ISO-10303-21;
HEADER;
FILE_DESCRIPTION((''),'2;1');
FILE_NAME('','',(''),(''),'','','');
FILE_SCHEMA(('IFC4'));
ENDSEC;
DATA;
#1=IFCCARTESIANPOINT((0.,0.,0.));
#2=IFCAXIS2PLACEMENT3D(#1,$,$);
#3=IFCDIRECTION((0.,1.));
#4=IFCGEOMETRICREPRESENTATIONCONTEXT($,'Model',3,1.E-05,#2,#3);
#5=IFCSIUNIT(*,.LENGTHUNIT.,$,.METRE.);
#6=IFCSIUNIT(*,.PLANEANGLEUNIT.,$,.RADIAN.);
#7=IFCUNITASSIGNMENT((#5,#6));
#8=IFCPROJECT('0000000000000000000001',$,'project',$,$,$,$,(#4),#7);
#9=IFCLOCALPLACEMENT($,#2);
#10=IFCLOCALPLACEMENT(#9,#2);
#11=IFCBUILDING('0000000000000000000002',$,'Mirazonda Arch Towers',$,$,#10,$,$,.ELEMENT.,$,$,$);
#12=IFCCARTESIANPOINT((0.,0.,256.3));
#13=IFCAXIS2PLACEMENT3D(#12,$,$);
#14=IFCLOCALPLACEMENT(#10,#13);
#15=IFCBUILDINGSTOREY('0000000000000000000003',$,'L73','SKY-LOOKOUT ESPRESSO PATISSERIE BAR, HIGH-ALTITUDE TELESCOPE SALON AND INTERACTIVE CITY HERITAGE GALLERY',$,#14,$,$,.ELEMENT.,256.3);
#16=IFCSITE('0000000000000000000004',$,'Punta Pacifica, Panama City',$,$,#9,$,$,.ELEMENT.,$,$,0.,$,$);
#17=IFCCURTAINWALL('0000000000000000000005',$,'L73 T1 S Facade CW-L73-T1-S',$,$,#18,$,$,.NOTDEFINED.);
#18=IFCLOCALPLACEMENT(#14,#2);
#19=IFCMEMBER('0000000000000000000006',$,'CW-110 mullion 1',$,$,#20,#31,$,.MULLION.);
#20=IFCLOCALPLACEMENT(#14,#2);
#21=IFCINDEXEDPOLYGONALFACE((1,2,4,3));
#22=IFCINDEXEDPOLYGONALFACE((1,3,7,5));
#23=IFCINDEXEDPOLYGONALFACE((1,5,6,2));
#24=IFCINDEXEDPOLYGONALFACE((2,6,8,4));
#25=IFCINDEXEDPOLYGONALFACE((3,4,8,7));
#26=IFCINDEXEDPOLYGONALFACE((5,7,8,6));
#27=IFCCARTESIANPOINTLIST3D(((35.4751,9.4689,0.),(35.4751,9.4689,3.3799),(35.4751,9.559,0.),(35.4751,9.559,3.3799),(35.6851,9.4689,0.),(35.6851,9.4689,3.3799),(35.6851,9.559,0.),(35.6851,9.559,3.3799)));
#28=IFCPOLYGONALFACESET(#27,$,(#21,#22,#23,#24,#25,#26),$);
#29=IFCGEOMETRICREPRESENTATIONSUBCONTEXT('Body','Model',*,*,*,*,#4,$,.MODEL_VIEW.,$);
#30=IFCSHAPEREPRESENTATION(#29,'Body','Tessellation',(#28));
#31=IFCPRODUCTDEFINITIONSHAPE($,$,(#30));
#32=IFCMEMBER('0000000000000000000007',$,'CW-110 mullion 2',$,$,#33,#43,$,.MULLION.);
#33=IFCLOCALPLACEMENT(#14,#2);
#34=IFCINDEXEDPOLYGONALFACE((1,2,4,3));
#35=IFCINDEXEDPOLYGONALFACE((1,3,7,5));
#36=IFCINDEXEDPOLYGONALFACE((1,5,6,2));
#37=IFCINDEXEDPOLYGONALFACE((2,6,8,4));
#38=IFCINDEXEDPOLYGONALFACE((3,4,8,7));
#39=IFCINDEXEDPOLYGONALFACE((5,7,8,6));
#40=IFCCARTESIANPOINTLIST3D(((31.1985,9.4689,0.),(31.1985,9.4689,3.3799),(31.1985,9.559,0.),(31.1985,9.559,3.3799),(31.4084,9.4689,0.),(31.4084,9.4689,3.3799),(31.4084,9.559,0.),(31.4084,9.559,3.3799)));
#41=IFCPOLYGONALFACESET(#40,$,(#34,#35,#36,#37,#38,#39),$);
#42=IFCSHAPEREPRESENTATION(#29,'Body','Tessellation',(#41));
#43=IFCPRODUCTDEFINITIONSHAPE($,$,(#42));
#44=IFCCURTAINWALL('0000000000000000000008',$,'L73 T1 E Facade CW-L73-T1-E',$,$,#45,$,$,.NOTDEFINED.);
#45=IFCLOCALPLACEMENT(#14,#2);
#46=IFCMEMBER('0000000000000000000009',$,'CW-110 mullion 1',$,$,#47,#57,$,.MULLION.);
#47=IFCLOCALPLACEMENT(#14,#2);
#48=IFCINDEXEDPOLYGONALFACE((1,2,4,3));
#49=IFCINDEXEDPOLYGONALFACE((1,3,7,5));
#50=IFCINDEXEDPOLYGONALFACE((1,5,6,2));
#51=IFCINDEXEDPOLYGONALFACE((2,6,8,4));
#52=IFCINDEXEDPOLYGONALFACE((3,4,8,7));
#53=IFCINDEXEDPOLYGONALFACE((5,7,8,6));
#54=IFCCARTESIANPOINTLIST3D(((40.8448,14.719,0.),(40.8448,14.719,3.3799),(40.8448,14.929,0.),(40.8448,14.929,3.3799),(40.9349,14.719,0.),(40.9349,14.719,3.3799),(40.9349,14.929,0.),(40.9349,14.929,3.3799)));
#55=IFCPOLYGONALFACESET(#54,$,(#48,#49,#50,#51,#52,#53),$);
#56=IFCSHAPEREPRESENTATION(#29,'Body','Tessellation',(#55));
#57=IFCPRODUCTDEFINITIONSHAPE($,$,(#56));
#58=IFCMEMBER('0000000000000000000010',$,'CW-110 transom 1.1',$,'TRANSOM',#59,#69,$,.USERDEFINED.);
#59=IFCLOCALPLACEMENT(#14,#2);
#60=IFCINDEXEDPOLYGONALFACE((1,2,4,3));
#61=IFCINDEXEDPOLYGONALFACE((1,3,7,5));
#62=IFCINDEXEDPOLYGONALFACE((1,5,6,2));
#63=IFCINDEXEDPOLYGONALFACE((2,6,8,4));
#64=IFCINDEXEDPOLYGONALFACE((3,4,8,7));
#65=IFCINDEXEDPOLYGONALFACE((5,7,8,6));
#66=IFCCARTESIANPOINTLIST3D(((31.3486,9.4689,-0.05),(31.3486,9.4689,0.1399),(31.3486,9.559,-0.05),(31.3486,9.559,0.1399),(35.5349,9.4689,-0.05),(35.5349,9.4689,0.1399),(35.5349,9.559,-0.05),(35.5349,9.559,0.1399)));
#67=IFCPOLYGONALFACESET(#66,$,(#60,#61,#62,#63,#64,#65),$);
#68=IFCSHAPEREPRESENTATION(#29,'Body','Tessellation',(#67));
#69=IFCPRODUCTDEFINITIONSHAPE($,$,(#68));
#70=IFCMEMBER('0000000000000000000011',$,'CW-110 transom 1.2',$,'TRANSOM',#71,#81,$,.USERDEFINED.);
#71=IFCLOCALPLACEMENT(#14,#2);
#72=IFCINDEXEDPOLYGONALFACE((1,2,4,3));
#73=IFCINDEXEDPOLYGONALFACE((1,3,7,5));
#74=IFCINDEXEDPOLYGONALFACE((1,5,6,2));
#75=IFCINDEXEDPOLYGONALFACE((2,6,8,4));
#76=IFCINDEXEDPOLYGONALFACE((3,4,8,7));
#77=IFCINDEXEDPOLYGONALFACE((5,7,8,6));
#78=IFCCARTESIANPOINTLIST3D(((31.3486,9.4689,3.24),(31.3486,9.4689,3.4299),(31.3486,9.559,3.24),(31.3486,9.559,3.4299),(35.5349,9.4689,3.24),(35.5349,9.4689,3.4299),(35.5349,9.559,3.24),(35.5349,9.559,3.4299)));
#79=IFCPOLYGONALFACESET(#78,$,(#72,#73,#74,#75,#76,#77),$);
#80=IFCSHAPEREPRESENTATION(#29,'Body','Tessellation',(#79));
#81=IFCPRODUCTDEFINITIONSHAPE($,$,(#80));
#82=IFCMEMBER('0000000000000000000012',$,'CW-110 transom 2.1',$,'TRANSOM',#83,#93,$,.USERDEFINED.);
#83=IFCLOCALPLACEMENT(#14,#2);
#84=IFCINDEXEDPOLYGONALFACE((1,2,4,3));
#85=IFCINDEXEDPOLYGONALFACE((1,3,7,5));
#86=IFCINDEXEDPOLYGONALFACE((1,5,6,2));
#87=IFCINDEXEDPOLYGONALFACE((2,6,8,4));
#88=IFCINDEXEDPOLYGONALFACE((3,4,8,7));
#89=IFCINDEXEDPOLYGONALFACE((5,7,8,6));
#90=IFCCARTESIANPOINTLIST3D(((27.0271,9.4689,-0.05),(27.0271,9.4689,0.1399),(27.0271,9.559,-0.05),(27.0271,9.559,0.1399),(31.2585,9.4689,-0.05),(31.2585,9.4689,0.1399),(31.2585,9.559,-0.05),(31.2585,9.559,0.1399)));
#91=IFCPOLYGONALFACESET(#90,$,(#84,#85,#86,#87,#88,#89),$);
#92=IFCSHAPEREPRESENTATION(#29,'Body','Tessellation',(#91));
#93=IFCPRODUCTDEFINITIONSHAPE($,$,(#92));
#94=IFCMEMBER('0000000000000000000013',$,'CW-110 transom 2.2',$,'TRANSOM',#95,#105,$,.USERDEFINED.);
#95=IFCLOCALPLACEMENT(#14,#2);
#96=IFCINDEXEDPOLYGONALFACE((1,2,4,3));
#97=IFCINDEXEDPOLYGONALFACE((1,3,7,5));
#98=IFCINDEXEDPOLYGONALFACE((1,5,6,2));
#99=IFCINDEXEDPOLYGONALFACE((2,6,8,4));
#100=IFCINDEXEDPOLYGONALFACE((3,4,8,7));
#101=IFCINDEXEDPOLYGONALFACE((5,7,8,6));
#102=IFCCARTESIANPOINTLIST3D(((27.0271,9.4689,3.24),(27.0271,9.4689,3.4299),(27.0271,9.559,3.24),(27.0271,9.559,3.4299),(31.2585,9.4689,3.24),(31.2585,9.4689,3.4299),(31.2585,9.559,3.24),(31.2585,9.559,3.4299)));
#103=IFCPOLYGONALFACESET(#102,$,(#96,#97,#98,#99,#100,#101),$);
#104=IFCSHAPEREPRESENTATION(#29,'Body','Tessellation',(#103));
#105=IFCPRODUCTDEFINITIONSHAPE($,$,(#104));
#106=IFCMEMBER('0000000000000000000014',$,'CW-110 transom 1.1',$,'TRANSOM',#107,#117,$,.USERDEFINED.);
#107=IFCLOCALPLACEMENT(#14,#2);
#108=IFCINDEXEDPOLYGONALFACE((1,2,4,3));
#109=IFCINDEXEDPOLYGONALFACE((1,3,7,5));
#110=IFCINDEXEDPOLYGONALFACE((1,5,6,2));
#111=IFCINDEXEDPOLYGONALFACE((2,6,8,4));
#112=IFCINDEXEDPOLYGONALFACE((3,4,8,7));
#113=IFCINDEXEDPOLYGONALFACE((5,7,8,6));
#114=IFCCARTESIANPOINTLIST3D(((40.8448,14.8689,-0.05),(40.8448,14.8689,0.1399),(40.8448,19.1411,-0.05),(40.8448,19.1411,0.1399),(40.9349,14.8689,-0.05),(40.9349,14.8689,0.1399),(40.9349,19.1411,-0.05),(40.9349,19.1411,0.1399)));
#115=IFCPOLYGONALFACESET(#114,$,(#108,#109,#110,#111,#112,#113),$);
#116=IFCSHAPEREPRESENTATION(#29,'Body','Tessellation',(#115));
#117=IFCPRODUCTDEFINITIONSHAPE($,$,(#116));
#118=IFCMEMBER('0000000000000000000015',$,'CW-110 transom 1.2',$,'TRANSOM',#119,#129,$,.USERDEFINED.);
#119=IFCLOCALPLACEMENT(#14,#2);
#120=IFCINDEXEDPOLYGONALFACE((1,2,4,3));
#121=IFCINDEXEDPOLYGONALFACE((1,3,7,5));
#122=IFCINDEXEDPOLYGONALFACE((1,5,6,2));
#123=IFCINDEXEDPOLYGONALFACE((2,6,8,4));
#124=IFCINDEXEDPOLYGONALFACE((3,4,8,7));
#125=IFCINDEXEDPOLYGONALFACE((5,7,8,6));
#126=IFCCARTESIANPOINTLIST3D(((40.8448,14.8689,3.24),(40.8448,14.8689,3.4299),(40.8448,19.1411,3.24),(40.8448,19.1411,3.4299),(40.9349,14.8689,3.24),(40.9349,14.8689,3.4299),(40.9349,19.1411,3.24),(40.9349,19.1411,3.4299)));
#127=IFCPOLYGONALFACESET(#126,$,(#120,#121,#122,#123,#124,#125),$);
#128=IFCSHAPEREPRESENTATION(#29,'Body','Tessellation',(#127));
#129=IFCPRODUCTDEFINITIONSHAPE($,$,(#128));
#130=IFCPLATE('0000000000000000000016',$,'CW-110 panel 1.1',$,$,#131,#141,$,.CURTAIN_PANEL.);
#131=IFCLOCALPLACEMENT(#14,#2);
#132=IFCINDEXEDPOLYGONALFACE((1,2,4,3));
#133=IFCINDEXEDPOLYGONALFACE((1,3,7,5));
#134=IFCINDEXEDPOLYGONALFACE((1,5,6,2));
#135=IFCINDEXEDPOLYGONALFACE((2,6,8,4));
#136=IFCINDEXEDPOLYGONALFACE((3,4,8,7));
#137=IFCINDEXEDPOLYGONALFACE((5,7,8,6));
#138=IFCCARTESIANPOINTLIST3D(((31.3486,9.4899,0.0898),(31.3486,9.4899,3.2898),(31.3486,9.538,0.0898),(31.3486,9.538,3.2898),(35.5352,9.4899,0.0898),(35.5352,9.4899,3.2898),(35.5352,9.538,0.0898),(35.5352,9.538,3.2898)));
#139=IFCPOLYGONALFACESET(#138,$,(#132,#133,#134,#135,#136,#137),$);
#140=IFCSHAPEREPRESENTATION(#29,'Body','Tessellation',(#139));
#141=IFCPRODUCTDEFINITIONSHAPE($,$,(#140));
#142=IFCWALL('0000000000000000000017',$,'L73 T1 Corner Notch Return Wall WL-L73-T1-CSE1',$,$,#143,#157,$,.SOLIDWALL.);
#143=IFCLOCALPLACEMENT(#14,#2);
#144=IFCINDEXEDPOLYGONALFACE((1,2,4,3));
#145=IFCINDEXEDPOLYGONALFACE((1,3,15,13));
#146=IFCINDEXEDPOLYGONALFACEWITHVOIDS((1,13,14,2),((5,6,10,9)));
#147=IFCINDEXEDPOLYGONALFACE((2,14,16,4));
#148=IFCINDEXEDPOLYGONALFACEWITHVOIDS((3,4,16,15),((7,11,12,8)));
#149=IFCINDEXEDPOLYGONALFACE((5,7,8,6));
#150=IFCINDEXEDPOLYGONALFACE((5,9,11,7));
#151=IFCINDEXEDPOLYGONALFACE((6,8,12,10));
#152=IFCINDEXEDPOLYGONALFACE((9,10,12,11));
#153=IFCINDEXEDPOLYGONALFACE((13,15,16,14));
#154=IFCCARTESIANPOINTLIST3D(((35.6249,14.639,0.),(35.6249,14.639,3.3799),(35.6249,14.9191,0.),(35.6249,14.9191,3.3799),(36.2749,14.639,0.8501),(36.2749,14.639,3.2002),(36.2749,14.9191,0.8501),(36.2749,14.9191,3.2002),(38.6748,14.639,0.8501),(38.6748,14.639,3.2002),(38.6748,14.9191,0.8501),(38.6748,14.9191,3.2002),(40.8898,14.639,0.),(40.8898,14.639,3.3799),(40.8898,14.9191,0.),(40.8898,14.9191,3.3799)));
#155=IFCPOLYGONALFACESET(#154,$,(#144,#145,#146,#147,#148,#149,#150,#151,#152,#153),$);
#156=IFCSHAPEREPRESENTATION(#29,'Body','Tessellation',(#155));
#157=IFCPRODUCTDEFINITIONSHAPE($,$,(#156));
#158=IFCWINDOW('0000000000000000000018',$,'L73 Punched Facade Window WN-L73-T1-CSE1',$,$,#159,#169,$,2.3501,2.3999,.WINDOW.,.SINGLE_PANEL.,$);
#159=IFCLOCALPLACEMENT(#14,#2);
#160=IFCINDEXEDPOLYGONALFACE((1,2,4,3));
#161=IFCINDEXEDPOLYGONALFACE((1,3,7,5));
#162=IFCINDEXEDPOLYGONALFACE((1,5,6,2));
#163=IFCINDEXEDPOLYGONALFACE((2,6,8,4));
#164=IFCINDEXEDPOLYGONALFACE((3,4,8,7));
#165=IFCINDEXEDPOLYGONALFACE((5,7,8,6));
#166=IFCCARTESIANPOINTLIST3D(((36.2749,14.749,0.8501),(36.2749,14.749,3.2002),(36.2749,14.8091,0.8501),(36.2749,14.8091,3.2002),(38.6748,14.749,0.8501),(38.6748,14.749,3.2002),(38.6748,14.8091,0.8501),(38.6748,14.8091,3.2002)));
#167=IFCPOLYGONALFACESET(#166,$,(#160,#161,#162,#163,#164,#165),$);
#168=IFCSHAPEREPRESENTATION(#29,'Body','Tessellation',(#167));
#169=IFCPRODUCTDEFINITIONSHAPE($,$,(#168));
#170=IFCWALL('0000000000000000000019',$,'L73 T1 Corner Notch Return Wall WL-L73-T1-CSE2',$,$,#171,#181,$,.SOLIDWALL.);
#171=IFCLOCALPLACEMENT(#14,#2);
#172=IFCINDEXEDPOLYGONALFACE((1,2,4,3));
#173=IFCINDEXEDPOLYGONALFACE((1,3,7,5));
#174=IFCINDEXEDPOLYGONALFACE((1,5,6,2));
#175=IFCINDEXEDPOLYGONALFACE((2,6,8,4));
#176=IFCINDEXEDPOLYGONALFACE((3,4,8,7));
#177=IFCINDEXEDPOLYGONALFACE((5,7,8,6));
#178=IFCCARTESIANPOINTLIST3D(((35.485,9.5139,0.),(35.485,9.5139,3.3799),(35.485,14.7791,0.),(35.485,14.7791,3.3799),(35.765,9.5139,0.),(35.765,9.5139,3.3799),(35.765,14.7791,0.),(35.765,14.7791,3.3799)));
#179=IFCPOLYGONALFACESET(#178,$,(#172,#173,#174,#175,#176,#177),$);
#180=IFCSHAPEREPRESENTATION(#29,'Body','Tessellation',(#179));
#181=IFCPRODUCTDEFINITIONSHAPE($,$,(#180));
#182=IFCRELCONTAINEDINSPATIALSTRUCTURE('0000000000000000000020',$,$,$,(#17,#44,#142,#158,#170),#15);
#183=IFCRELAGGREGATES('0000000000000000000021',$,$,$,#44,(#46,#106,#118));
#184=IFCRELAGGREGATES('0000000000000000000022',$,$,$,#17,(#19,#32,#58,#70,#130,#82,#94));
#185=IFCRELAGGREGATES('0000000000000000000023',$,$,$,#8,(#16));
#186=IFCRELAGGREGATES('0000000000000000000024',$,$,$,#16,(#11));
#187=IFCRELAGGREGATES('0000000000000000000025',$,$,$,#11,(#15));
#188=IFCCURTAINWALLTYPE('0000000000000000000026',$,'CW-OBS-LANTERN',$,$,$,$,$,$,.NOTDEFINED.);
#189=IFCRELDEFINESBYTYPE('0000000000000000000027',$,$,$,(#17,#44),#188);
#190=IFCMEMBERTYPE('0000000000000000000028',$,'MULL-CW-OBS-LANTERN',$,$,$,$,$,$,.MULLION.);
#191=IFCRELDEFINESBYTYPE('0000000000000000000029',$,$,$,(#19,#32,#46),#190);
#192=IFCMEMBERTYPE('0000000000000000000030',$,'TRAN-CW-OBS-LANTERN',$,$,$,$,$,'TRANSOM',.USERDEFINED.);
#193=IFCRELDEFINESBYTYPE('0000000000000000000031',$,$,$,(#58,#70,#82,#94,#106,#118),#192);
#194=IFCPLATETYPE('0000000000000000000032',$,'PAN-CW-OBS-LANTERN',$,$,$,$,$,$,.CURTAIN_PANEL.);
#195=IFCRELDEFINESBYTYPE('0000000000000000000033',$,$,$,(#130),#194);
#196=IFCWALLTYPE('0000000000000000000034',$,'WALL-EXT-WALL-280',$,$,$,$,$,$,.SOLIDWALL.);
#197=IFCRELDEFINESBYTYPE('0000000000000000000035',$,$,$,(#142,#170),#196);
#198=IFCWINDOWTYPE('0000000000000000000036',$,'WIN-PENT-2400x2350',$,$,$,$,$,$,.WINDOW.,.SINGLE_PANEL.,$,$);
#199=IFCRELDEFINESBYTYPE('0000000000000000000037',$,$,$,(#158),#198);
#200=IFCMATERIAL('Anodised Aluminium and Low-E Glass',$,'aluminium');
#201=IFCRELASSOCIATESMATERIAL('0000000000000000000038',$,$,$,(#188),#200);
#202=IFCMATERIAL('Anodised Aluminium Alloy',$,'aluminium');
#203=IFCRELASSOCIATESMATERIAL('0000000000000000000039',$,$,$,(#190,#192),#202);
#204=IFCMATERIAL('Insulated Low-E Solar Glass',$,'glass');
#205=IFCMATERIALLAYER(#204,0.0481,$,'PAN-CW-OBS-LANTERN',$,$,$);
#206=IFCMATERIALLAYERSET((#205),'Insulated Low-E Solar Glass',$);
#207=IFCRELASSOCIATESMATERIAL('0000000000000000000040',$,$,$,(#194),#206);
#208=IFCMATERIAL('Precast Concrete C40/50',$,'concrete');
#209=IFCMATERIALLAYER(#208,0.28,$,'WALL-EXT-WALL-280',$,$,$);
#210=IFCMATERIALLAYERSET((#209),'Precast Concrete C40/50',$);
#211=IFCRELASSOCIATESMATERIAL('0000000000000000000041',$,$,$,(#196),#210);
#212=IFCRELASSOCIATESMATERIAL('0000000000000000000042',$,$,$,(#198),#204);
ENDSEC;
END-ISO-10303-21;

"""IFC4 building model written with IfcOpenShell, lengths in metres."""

from ifc_helpers import new_model, si_unit, direction, frame, frame_2d, origin, origin_2d, place, context, subcontext, project, spatial, rectangle, extrude, material, layer, layer_set, material_profile, profile_set, type_object, element, fill, aggregate, save


model = new_model("IFC4")

# Units and contexts
model_context = context("Model", 3, precision=1e-05, world=origin(), true_north=direction((0.0, 1.0)))
body_context = subcontext(model_context, "Body", "Model", "MODEL_VIEW")
ifc_project = project(units=[si_unit("LENGTHUNIT", "METRE"), si_unit("PLANEANGLEUNIT", "RADIAN")], contexts=[model_context])

# Site, building, storey
site_placement = place(None, origin())
site = spatial("IfcSite", under=ifc_project, at=site_placement, Name="Punta Pacifica, Panama City", CompositionType="ELEMENT", RefElevation=0.0)
building_placement = place(site_placement, origin())
building = spatial("IfcBuilding", under=site, at=building_placement, Name="Mirazonda Arch Towers", CompositionType="ELEMENT")
storey_placement = place(building_placement, frame((0.0, 0.0, 256.3)))
storey = spatial("IfcBuildingStorey", under=building, at=storey_placement, Name="L73", Description="SKY-LOOKOUT ESPRESSO PATISSERIE BAR, HIGH-ALTITUDE TELESCOPE SALON AND INTERACTIVE CITY HERITAGE GALLERY", CompositionType="ELEMENT", Elevation=256.3)

# Curtain wall, members
ifc_material_1 = material(Name="Anodised Aluminium and Low-E Glass", Category="aluminium")
curtain_wall_type = type_object("IfcCurtainWallType", Name="CW-OBS-LANTERN", PredefinedType="NOTDEFINED", material=ifc_material_1)
curtain_wall_1_placement = place(storey_placement, origin())
curtain_wall_1 = element("IfcCurtainWall", 1, at=curtain_wall_1_placement, inside=storey, type_object=curtain_wall_type, Name="L73 T1 S Facade CW-L73-T1-S", PredefinedType="NOTDEFINED")
ifc_material_2 = material(Name="Anodised Aluminium Alloy", Category="aluminium")
ifc_material_profile_1 = material_profile(ifc_material_2, rectangle(XDim=0.0901, YDim=0.21, at=origin_2d()), Name="ALU-MULL-90x210")
ifc_profile_set_1 = profile_set([ifc_material_profile_1], Name="Anodised Aluminium Alloy")
member_type_1 = type_object("IfcMemberType", Name="MULL-CW-OBS-LANTERN", PredefinedType="MULLION", material=ifc_profile_set_1)
member_1_placement = place(storey_placement, frame((35.5801, 9.5139, 0.0), z_axis=(0.0, 0.0, 1.0), x_axis=(0.0, -1.0, 0.0)))
member_1 = element("IfcMember", 2, at=member_1_placement, type_object=member_type_1, Name="CW-110 mullion 1", PredefinedType="MULLION", context=body_context, shape_type="SweptSolid", body=[
    extrude(rectangle(XDim=0.0901, YDim=0.21, at=origin_2d()), origin(), (0.0, 0.0, 1.0), 3.3799),
])
member_2_placement = place(storey_placement, frame((31.3035, 9.5139, 0.0), z_axis=(0.0, 0.0, 1.0), x_axis=(0.0, -1.0, 0.0)))
member_2 = element("IfcMember", 3, at=member_2_placement, type_object=member_type_1, Name="CW-110 mullion 2", PredefinedType="MULLION", context=body_context, shape_type="SweptSolid", body=[
    extrude(rectangle(XDim=0.0901, YDim=0.21, at=origin_2d()), origin(), (0.0, 0.0, 1.0), 3.3799),
])

# Curtain wall, member
curtain_wall_2_placement = place(storey_placement, origin())
curtain_wall_2 = element("IfcCurtainWall", 4, at=curtain_wall_2_placement, inside=storey, type_object=curtain_wall_type, Name="L73 T1 E Facade CW-L73-T1-E", PredefinedType="NOTDEFINED")
member_3_placement = place(storey_placement, frame((40.8899, 14.824, 0.0), z_axis=(0.0, 0.0, 1.0), x_axis=(-1.0, 0.0, 0.0)))
member_3 = element("IfcMember", 5, at=member_3_placement, type_object=member_type_1, Name="CW-110 mullion 1", PredefinedType="MULLION", context=body_context, shape_type="SweptSolid", body=[
    extrude(rectangle(XDim=0.0901, YDim=0.21, at=origin_2d()), origin(), (0.0, 0.0, 1.0), 3.3799),
])

# Members
ifc_material_profile_2 = material_profile(ifc_material_2, rectangle(XDim=0.0901, YDim=0.1899, at=origin_2d()), Name="ALU-TRAN-90x190")
ifc_profile_set_2 = profile_set([ifc_material_profile_2], Name="Anodised Aluminium Alloy")
member_type_2 = type_object("IfcMemberType", Name="TRAN-CW-OBS-LANTERN", ElementType="TRANSOM", PredefinedType="USERDEFINED", material=ifc_profile_set_2)
member_4_placement = place(storey_placement, frame((35.5349, 9.5139, 0.0449), z_axis=(-1.0, 0.0, 0.0), x_axis=(0.0, -1.0, 0.0)))
member_4 = element("IfcMember", 6, at=member_4_placement, type_object=member_type_2, Name="CW-110 transom 1.1", ObjectType="TRANSOM", PredefinedType="USERDEFINED", context=body_context, shape_type="SweptSolid", body=[
    extrude(rectangle(XDim=0.0901, YDim=0.1899, at=origin_2d()), origin(), (0.0, 0.0, 1.0), 4.1863),
])
member_5_placement = place(storey_placement, frame((35.5349, 9.5139, 3.335), z_axis=(-1.0, 0.0, 0.0), x_axis=(0.0, -1.0, 0.0)))
member_5 = element("IfcMember", 7, at=member_5_placement, type_object=member_type_2, Name="CW-110 transom 1.2", ObjectType="TRANSOM", PredefinedType="USERDEFINED", context=body_context, shape_type="SweptSolid", body=[
    extrude(rectangle(XDim=0.0901, YDim=0.1899, at=origin_2d()), origin(), (0.0, 0.0, 1.0), 4.1863),
])
member_6_placement = place(storey_placement, frame((31.2585, 9.5139, 0.0449), z_axis=(-1.0, 0.0, 0.0), x_axis=(0.0, -1.0, 0.0)))
member_6 = element("IfcMember", 8, at=member_6_placement, type_object=member_type_2, Name="CW-110 transom 2.1", ObjectType="TRANSOM", PredefinedType="USERDEFINED", context=body_context, shape_type="SweptSolid", body=[
    extrude(rectangle(XDim=0.0901, YDim=0.1899, at=origin_2d()), origin(), (0.0, 0.0, 1.0), 4.2314),
])
member_7_placement = place(storey_placement, frame((31.2585, 9.5139, 3.335), z_axis=(-1.0, 0.0, 0.0), x_axis=(0.0, -1.0, 0.0)))
member_7 = element("IfcMember", 9, at=member_7_placement, type_object=member_type_2, Name="CW-110 transom 2.2", ObjectType="TRANSOM", PredefinedType="USERDEFINED", context=body_context, shape_type="SweptSolid", body=[
    extrude(rectangle(XDim=0.0901, YDim=0.1899, at=origin_2d()), origin(), (0.0, 0.0, 1.0), 4.2314),
])
member_8_placement = place(storey_placement, frame((40.8899, 14.8689, 0.0449), z_axis=(0.0, 1.0, 0.0), x_axis=(-1.0, 0.0, 0.0)))
member_8 = element("IfcMember", 10, at=member_8_placement, type_object=member_type_2, Name="CW-110 transom 1.1", ObjectType="TRANSOM", PredefinedType="USERDEFINED", context=body_context, shape_type="SweptSolid", body=[
    extrude(rectangle(XDim=0.0901, YDim=0.1899, at=origin_2d()), origin(), (0.0, 0.0, 1.0), 4.2722),
])
member_9_placement = place(storey_placement, frame((40.8899, 14.8689, 3.335), z_axis=(0.0, 1.0, 0.0), x_axis=(-1.0, 0.0, 0.0)))
member_9 = element("IfcMember", 11, at=member_9_placement, type_object=member_type_2, Name="CW-110 transom 1.2", ObjectType="TRANSOM", PredefinedType="USERDEFINED", context=body_context, shape_type="SweptSolid", body=[
    extrude(rectangle(XDim=0.0901, YDim=0.1899, at=origin_2d()), origin(), (0.0, 0.0, 1.0), 4.2722),
])
aggregate(curtain_wall_2, [member_3, member_8, member_9])

# Plate
ifc_material_3 = material(Name="Insulated Low-E Solar Glass", Category="glass")
ifc_layer_1 = layer(ifc_material_3, 0.0481, Name="PAN-CW-OBS-LANTERN")
ifc_layer_set_1 = layer_set([ifc_layer_1], Name="Insulated Low-E Solar Glass")
plate_type = type_object("IfcPlateType", Name="PAN-CW-OBS-LANTERN", PredefinedType="CURTAIN_PANEL", material=ifc_layer_set_1)
plate_placement = place(storey_placement, frame((33.4419, 9.5139, 0.0898), z_axis=(0.0, 0.0, 1.0), x_axis=(-1.0, 0.0, 0.0)))
plate = element("IfcPlate", 12, at=plate_placement, type_object=plate_type, Name="CW-110 panel 1.1", PredefinedType="CURTAIN_PANEL", context=body_context, shape_type="SweptSolid", body=[
    extrude(rectangle(XDim=4.1865, YDim=0.0481, at=origin_2d()), origin(), (0.0, 0.0, 1.0), 3.2),
])
aggregate(curtain_wall_1, [member_1, member_2, member_4, member_5, plate, member_6, member_7])

# Wall, opening, window
ifc_material_4 = material(Name="Precast Concrete C40/50", Category="concrete")
ifc_layer_2 = layer(ifc_material_4, 0.28, Name="WALL-EXT-WALL-280")
ifc_layer_set_2 = layer_set([ifc_layer_2], Name="Precast Concrete C40/50")
wall_type_1 = type_object("IfcWallType", Name="WALL-EXT-WALL-280", PredefinedType="SOLIDWALL", material=ifc_layer_set_2)
wall_1_placement = place(storey_placement, frame((35.625, 14.7791, 0.0), z_axis=(0.0, 0.0, 1.0), x_axis=(1.0, 0.0, 0.0)))
wall_1 = element("IfcWall", 13, at=wall_1_placement, inside=storey, type_object=wall_type_1, Name="L73 T1 Corner Notch Return Wall WL-L73-T1-CSE1", PredefinedType="SOLIDWALL", context=body_context, shape_type="SweptSolid", body=[
    extrude(rectangle(XDim=5.2649, YDim=0.28, at=frame_2d((2.6323, 0.0))), origin(), (0.0, 0.0, 1.0), 3.3799),
])
opening_1_placement = place(wall_1_placement, frame((0.6499, 0.0, 0.8501)))
opening_1 = element("IfcOpeningElement", 14, at=opening_1_placement, cuts=wall_1, PredefinedType="OPENING", context=body_context, shape_type="SweptSolid", body=[
    extrude(rectangle(XDim=2.3999, YDim=2.3501, at=frame_2d((1.2, 1.175))), frame((0.0, 0.1499, 0.0), z_axis=(0.0, -1.0, 0.0), x_axis=(1.0, 0.0, 0.0)), (0.0, 0.0, 1.0), 0.3),
])
window_type = type_object("IfcWindowType", Name="WIN-PENT-2400x2350", PartitioningType="SINGLE_PANEL", PredefinedType="WINDOW", material=ifc_material_3)
window_placement = place(opening_1_placement, origin())
window = element("IfcWindow", 15, at=window_placement, inside=storey, type_object=window_type, Name="L73 Punched Facade Window WN-L73-T1-CSE1", OverallHeight=2.3501, OverallWidth=2.3999, PartitioningType="SINGLE_PANEL", PredefinedType="WINDOW", context=body_context, shape_type="SweptSolid", body=[
    extrude(rectangle(XDim=2.3999, YDim=2.3501, at=frame_2d((1.2, 1.175))), frame((0.0, 0.03, 0.0), z_axis=(0.0, -1.0, 0.0), x_axis=(1.0, 0.0, 0.0)), (0.0, 0.0, 1.0), 0.0601),
])
fill(opening_1, window)

# Wall
wall_2_placement = place(storey_placement, frame((35.625, 9.5139, 0.0), z_axis=(0.0, 0.0, 1.0), x_axis=(0.0, 1.0, 0.0)))
element("IfcWall", 16, at=wall_2_placement, inside=storey, type_object=wall_type_1, Name="L73 T1 Corner Notch Return Wall WL-L73-T1-CSE2", PredefinedType="SOLIDWALL", context=body_context, shape_type="SweptSolid", body=[
    extrude(rectangle(XDim=5.2651, YDim=0.28, at=frame_2d((2.6326, 0.0))), origin(), (0.0, 0.0, 1.0), 3.3799),
])

save(model, "model.ifc")
